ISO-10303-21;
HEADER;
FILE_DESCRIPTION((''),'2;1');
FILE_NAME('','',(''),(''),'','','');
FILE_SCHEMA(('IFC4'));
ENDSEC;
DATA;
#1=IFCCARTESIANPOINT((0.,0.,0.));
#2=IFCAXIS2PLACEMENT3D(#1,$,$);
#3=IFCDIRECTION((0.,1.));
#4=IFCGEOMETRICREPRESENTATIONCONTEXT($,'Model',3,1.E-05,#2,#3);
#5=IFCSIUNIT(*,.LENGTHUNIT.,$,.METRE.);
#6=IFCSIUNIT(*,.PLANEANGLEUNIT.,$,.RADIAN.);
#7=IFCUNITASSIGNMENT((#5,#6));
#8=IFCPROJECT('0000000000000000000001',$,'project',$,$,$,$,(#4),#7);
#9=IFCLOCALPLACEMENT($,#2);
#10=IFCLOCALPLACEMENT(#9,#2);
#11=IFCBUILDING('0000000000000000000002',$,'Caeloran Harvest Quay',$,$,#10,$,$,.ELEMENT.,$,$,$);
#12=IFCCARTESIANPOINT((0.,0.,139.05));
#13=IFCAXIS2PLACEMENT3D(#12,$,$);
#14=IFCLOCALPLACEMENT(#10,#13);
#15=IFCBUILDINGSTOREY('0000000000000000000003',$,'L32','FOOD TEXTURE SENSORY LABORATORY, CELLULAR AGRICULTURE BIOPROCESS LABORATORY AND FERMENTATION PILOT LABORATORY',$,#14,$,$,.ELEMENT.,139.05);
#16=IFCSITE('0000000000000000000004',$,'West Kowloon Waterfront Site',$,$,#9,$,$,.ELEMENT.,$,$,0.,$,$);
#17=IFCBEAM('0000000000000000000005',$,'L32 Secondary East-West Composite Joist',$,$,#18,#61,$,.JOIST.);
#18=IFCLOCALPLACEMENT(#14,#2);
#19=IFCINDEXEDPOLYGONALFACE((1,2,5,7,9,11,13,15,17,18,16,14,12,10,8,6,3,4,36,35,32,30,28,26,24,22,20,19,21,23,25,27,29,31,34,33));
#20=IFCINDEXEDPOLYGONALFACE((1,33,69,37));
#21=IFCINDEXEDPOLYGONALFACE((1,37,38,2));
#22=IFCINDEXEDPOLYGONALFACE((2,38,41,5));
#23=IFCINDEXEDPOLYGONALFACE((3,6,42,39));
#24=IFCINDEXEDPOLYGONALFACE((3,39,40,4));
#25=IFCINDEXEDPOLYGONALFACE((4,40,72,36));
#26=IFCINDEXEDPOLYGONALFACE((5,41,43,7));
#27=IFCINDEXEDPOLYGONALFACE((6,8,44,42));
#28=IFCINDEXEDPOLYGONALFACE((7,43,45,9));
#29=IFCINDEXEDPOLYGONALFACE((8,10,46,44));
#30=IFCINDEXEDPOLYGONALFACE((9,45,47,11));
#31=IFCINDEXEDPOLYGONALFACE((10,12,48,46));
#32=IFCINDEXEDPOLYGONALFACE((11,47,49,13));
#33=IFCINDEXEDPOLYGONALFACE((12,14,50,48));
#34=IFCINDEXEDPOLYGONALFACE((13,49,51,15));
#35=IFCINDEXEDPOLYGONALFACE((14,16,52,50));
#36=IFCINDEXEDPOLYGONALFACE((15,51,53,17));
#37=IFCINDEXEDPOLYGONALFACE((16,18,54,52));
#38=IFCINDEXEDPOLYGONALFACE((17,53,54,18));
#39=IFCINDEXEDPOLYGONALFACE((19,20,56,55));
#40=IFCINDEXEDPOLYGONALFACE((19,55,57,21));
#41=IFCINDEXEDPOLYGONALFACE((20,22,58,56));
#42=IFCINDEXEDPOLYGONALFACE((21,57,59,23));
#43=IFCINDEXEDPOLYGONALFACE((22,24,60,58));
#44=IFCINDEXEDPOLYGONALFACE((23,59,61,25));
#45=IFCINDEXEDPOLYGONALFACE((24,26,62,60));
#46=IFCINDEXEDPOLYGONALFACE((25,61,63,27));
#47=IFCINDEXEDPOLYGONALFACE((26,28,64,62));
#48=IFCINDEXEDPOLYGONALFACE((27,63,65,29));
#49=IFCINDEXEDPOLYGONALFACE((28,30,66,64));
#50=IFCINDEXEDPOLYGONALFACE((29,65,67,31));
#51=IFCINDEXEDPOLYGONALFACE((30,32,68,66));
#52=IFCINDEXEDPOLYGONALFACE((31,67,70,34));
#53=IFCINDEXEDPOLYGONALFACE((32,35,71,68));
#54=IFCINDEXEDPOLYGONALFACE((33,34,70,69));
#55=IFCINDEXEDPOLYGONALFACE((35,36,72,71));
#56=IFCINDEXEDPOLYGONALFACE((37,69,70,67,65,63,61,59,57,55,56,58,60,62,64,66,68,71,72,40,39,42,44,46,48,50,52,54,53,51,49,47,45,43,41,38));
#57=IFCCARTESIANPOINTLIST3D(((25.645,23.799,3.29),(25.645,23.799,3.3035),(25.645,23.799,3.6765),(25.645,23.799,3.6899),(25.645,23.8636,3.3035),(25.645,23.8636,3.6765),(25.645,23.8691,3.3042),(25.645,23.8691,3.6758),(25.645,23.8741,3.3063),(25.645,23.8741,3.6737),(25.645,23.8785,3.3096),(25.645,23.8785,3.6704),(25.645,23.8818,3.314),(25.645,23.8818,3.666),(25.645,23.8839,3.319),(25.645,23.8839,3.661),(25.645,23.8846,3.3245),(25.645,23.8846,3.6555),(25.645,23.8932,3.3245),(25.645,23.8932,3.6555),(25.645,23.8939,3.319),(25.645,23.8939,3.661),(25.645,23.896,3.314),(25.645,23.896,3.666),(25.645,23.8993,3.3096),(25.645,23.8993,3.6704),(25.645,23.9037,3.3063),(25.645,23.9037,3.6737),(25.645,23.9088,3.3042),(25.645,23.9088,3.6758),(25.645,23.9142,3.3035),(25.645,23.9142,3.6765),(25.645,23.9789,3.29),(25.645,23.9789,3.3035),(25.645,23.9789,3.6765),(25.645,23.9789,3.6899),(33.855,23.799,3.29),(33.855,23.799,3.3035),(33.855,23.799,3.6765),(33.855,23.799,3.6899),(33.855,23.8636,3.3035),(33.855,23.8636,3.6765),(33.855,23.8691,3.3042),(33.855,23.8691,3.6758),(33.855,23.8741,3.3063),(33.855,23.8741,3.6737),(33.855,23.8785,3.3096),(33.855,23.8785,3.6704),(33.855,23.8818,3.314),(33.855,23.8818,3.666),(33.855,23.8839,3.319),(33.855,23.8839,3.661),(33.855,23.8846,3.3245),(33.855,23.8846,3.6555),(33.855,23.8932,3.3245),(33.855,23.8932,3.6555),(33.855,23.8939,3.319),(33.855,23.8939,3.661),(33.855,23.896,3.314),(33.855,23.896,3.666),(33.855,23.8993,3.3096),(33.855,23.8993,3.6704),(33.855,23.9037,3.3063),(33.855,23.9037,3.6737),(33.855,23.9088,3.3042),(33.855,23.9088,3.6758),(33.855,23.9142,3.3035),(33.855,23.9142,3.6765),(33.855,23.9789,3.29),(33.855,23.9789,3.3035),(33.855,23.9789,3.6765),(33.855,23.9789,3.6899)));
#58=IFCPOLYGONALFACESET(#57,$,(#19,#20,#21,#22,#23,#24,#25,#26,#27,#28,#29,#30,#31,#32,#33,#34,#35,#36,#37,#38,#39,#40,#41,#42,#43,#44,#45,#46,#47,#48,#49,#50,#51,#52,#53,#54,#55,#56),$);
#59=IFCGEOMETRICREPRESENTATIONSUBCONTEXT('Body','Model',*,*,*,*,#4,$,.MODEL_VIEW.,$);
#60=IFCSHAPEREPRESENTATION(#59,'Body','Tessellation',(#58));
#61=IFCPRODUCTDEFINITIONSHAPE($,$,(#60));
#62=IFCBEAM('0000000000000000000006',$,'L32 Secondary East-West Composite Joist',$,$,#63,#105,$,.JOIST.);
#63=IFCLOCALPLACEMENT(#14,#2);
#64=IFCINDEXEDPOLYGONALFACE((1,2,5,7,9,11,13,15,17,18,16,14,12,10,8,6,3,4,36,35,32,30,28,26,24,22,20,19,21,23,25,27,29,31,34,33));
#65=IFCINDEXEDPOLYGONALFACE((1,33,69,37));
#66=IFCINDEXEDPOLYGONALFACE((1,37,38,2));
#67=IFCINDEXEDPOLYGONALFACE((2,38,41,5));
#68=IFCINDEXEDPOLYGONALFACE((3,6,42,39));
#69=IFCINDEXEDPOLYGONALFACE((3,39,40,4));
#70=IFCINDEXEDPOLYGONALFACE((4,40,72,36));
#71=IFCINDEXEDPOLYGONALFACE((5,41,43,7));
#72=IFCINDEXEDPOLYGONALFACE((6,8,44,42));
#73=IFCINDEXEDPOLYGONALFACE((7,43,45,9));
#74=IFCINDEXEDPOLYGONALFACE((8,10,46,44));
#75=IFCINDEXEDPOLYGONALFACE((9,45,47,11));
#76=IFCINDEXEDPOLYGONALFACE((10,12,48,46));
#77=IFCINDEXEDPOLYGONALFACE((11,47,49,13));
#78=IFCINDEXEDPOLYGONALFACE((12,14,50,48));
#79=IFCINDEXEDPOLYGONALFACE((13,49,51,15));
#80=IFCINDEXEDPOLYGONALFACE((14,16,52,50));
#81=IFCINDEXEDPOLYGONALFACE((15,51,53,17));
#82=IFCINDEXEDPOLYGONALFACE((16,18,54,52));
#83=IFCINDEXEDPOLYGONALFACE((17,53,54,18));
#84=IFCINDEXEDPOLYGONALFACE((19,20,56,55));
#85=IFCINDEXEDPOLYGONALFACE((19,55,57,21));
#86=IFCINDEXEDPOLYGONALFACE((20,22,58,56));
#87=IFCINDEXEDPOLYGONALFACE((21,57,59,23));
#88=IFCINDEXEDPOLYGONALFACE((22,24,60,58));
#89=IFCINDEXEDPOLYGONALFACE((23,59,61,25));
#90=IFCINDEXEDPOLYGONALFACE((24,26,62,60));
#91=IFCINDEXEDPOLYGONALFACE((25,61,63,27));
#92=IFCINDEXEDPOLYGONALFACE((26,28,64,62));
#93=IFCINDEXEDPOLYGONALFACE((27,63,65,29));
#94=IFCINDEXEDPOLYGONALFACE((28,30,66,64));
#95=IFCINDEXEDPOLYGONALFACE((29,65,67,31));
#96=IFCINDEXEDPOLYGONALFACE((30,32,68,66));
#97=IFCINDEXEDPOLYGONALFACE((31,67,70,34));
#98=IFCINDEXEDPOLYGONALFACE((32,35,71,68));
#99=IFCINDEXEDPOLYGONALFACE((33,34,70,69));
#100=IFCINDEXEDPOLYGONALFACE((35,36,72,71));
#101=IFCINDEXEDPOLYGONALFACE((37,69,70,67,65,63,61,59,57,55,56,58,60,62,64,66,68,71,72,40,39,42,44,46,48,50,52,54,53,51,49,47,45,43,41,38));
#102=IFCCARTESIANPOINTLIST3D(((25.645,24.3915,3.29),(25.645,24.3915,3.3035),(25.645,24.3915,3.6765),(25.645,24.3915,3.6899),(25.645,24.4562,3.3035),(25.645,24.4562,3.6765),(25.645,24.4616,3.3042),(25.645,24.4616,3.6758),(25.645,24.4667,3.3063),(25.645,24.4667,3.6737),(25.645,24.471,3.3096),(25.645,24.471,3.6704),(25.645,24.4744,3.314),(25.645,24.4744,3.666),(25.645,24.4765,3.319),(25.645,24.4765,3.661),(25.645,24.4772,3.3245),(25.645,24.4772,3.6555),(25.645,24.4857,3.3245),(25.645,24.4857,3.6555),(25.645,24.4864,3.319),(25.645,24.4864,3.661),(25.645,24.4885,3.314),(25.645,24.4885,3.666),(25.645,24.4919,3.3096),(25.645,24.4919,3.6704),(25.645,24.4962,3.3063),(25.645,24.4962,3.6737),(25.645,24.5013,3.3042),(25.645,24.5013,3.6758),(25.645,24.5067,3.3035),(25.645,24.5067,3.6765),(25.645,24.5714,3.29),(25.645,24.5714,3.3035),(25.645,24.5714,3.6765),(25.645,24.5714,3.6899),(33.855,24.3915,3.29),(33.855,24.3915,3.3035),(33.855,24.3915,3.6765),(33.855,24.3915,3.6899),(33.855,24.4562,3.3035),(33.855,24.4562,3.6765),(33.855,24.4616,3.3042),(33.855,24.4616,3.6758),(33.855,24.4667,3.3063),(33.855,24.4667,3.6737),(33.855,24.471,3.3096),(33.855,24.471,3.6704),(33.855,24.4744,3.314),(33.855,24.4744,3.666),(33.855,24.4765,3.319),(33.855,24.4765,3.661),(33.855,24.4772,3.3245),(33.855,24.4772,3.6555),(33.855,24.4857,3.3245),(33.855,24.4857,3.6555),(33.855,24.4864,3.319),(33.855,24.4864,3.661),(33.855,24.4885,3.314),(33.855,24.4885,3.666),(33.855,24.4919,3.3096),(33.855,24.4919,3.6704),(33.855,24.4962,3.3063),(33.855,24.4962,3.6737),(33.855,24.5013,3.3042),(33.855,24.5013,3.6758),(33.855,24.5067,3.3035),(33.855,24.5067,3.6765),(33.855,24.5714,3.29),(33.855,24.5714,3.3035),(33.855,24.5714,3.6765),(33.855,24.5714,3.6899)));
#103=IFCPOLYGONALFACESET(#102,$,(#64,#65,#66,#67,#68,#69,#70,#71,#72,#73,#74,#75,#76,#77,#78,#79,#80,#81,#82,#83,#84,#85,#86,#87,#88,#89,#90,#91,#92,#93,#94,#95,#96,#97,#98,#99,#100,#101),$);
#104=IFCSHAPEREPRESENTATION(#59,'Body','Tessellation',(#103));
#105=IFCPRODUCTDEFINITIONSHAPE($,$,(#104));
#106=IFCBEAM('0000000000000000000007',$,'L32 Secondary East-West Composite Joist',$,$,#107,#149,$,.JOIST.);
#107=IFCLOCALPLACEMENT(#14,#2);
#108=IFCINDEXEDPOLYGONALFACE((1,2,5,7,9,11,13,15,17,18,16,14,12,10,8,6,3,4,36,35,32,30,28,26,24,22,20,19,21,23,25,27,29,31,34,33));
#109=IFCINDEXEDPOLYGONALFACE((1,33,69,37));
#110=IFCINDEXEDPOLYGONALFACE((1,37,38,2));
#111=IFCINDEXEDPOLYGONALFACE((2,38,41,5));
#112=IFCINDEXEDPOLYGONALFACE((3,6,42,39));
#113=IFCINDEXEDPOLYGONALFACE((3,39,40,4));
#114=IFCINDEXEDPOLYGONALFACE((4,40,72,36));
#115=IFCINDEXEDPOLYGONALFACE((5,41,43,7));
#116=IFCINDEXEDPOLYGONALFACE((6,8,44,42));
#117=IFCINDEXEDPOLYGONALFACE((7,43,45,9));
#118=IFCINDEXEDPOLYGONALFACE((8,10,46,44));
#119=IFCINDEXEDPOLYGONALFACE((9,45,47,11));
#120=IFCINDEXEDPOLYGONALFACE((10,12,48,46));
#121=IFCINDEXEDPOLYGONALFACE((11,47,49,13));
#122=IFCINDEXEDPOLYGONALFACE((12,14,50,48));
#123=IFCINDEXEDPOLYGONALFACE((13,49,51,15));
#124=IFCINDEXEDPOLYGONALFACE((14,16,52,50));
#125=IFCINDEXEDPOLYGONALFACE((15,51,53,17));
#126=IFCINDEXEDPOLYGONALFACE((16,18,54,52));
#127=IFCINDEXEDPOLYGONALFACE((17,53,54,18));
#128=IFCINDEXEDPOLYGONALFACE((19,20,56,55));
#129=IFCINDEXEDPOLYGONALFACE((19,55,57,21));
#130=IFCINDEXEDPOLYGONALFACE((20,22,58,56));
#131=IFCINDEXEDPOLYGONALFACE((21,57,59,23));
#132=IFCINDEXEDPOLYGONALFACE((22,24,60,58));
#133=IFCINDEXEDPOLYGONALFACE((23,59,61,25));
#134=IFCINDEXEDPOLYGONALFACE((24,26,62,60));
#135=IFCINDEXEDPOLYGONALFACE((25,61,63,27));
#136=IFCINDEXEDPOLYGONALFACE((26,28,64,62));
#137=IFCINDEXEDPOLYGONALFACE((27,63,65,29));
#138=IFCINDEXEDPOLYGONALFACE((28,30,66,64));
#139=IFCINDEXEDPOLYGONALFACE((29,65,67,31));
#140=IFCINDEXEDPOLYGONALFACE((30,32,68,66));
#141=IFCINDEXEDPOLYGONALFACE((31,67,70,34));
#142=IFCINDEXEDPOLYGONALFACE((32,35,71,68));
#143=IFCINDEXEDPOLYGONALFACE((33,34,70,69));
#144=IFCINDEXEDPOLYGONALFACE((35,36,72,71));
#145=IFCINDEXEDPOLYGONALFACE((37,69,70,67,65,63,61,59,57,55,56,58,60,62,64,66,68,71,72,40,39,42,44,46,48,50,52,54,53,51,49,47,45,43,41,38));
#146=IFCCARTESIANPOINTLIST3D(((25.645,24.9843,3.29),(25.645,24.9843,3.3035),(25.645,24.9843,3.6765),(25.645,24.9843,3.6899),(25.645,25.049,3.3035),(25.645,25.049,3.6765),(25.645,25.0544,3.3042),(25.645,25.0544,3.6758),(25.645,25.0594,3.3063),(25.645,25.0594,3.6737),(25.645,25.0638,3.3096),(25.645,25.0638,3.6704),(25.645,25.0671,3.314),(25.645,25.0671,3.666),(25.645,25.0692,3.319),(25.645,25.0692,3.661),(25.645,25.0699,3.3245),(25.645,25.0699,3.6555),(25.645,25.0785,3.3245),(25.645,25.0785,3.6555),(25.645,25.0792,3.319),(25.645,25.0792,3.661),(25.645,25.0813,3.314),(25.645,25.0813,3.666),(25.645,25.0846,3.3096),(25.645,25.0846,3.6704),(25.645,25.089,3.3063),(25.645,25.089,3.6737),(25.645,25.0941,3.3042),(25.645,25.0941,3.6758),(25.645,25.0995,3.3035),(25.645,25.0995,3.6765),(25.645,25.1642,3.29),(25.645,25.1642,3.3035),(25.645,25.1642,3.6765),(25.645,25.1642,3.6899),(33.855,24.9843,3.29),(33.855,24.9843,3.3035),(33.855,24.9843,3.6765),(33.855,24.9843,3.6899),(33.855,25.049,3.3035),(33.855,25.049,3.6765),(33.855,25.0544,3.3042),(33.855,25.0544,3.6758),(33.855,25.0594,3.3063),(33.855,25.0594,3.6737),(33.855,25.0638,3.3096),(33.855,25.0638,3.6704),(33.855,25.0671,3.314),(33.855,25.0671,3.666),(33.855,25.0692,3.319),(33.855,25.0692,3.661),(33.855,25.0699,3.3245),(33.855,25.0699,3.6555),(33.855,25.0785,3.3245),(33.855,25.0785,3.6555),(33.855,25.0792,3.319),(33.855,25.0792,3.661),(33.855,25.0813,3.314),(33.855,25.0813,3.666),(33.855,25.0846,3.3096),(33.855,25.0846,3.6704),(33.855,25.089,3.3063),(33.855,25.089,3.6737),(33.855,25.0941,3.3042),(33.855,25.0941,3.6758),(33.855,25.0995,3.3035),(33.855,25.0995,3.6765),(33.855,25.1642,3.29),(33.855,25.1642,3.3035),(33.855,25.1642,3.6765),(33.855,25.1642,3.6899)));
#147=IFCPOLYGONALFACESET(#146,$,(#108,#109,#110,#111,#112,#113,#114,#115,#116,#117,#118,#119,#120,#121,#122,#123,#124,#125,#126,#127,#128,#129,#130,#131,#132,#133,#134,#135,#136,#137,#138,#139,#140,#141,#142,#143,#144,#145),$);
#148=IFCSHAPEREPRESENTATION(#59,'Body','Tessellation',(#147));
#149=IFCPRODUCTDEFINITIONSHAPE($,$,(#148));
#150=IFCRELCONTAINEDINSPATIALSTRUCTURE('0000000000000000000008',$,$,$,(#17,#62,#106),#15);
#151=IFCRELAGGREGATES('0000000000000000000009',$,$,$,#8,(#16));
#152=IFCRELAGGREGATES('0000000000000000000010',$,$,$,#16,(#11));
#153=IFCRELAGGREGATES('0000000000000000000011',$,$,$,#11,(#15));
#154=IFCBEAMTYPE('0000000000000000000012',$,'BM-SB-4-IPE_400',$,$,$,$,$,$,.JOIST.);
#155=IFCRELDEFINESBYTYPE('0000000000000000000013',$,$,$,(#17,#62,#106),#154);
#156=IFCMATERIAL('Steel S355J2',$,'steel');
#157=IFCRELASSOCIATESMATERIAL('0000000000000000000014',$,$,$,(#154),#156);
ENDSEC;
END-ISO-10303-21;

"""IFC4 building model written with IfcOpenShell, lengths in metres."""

from ifc_helpers import new_model, si_unit, direction, frame, origin, origin_2d, place, context, subcontext, project, spatial, i_section, extrude, material, material_profile, profile_set, type_object, element, save


model = new_model("IFC4")

# Units and contexts
model_context = context("Model", 3, precision=1e-05, world=origin(), true_north=direction((0.0, 1.0)))
body_context = subcontext(model_context, "Body", "Model", "MODEL_VIEW")
ifc_project = project(units=[si_unit("LENGTHUNIT", "METRE"), si_unit("PLANEANGLEUNIT", "RADIAN")], contexts=[model_context])

# Site, building, storey
site_placement = place(None, origin())
site = spatial("IfcSite", under=ifc_project, at=site_placement, Name="West Kowloon Waterfront Site", CompositionType="ELEMENT", RefElevation=0.0)
building_placement = place(site_placement, origin())
building = spatial("IfcBuilding", under=site, at=building_placement, Name="Caeloran Harvest Quay", CompositionType="ELEMENT")
storey_placement = place(building_placement, frame((0.0, 0.0, 139.05)))
storey = spatial("IfcBuildingStorey", under=building, at=storey_placement, Name="L32", Description="FOOD TEXTURE SENSORY LABORATORY, CELLULAR AGRICULTURE BIOPROCESS LABORATORY AND FERMENTATION PILOT LABORATORY", CompositionType="ELEMENT", Elevation=139.05)

# Beams
ifc_material_1 = material(Name="Steel S355J2", Category="steel")
ifc_material_profile_1 = material_profile(ifc_material_1, i_section(OverallWidth=0.1799, OverallDepth=0.3999, WebThickness=0.0085, FlangeThickness=0.0134, FilletRadius=0.021, at=origin_2d()), Name="IPE 400")
ifc_profile_set_1 = profile_set([ifc_material_profile_1], Name="Steel S355J2")
beam_type_1 = type_object("IfcBeamType", Name="BM-SB-4-IPE_400", PredefinedType="JOIST", material=ifc_profile_set_1)
for number, where, z_axis, x_axis, name in (
    (1, (25.645, 23.8889, 3.49), (1.0, 0.0, 0.0), (0.0, 1.0, 0.0), "L32 Secondary East-West Composite Joist"),
    (2, (25.645, 24.4814, 3.49), (1.0, 0.0, 0.0), (0.0, 1.0, 0.0), "L32 Secondary East-West Composite Joist"),
    (3, (25.645, 25.0742, 3.49), (1.0, 0.0, 0.0), (0.0, 1.0, 0.0), "L32 Secondary East-West Composite Joist"),
):
    element("IfcBeam", number, at=place(storey_placement, frame(where, z_axis=z_axis, x_axis=x_axis)), inside=storey, type_object=beam_type_1, Name=name, PredefinedType="JOIST", context=body_context, shape_type="SweptSolid", body=[
        extrude(i_section(OverallWidth=0.1799, OverallDepth=0.3999, WebThickness=0.0085, FlangeThickness=0.0134, FilletRadius=0.021, at=origin_2d()), origin(), (0.0, 0.0, 1.0), 8.21),
    ])

save(model, "model.ifc")
